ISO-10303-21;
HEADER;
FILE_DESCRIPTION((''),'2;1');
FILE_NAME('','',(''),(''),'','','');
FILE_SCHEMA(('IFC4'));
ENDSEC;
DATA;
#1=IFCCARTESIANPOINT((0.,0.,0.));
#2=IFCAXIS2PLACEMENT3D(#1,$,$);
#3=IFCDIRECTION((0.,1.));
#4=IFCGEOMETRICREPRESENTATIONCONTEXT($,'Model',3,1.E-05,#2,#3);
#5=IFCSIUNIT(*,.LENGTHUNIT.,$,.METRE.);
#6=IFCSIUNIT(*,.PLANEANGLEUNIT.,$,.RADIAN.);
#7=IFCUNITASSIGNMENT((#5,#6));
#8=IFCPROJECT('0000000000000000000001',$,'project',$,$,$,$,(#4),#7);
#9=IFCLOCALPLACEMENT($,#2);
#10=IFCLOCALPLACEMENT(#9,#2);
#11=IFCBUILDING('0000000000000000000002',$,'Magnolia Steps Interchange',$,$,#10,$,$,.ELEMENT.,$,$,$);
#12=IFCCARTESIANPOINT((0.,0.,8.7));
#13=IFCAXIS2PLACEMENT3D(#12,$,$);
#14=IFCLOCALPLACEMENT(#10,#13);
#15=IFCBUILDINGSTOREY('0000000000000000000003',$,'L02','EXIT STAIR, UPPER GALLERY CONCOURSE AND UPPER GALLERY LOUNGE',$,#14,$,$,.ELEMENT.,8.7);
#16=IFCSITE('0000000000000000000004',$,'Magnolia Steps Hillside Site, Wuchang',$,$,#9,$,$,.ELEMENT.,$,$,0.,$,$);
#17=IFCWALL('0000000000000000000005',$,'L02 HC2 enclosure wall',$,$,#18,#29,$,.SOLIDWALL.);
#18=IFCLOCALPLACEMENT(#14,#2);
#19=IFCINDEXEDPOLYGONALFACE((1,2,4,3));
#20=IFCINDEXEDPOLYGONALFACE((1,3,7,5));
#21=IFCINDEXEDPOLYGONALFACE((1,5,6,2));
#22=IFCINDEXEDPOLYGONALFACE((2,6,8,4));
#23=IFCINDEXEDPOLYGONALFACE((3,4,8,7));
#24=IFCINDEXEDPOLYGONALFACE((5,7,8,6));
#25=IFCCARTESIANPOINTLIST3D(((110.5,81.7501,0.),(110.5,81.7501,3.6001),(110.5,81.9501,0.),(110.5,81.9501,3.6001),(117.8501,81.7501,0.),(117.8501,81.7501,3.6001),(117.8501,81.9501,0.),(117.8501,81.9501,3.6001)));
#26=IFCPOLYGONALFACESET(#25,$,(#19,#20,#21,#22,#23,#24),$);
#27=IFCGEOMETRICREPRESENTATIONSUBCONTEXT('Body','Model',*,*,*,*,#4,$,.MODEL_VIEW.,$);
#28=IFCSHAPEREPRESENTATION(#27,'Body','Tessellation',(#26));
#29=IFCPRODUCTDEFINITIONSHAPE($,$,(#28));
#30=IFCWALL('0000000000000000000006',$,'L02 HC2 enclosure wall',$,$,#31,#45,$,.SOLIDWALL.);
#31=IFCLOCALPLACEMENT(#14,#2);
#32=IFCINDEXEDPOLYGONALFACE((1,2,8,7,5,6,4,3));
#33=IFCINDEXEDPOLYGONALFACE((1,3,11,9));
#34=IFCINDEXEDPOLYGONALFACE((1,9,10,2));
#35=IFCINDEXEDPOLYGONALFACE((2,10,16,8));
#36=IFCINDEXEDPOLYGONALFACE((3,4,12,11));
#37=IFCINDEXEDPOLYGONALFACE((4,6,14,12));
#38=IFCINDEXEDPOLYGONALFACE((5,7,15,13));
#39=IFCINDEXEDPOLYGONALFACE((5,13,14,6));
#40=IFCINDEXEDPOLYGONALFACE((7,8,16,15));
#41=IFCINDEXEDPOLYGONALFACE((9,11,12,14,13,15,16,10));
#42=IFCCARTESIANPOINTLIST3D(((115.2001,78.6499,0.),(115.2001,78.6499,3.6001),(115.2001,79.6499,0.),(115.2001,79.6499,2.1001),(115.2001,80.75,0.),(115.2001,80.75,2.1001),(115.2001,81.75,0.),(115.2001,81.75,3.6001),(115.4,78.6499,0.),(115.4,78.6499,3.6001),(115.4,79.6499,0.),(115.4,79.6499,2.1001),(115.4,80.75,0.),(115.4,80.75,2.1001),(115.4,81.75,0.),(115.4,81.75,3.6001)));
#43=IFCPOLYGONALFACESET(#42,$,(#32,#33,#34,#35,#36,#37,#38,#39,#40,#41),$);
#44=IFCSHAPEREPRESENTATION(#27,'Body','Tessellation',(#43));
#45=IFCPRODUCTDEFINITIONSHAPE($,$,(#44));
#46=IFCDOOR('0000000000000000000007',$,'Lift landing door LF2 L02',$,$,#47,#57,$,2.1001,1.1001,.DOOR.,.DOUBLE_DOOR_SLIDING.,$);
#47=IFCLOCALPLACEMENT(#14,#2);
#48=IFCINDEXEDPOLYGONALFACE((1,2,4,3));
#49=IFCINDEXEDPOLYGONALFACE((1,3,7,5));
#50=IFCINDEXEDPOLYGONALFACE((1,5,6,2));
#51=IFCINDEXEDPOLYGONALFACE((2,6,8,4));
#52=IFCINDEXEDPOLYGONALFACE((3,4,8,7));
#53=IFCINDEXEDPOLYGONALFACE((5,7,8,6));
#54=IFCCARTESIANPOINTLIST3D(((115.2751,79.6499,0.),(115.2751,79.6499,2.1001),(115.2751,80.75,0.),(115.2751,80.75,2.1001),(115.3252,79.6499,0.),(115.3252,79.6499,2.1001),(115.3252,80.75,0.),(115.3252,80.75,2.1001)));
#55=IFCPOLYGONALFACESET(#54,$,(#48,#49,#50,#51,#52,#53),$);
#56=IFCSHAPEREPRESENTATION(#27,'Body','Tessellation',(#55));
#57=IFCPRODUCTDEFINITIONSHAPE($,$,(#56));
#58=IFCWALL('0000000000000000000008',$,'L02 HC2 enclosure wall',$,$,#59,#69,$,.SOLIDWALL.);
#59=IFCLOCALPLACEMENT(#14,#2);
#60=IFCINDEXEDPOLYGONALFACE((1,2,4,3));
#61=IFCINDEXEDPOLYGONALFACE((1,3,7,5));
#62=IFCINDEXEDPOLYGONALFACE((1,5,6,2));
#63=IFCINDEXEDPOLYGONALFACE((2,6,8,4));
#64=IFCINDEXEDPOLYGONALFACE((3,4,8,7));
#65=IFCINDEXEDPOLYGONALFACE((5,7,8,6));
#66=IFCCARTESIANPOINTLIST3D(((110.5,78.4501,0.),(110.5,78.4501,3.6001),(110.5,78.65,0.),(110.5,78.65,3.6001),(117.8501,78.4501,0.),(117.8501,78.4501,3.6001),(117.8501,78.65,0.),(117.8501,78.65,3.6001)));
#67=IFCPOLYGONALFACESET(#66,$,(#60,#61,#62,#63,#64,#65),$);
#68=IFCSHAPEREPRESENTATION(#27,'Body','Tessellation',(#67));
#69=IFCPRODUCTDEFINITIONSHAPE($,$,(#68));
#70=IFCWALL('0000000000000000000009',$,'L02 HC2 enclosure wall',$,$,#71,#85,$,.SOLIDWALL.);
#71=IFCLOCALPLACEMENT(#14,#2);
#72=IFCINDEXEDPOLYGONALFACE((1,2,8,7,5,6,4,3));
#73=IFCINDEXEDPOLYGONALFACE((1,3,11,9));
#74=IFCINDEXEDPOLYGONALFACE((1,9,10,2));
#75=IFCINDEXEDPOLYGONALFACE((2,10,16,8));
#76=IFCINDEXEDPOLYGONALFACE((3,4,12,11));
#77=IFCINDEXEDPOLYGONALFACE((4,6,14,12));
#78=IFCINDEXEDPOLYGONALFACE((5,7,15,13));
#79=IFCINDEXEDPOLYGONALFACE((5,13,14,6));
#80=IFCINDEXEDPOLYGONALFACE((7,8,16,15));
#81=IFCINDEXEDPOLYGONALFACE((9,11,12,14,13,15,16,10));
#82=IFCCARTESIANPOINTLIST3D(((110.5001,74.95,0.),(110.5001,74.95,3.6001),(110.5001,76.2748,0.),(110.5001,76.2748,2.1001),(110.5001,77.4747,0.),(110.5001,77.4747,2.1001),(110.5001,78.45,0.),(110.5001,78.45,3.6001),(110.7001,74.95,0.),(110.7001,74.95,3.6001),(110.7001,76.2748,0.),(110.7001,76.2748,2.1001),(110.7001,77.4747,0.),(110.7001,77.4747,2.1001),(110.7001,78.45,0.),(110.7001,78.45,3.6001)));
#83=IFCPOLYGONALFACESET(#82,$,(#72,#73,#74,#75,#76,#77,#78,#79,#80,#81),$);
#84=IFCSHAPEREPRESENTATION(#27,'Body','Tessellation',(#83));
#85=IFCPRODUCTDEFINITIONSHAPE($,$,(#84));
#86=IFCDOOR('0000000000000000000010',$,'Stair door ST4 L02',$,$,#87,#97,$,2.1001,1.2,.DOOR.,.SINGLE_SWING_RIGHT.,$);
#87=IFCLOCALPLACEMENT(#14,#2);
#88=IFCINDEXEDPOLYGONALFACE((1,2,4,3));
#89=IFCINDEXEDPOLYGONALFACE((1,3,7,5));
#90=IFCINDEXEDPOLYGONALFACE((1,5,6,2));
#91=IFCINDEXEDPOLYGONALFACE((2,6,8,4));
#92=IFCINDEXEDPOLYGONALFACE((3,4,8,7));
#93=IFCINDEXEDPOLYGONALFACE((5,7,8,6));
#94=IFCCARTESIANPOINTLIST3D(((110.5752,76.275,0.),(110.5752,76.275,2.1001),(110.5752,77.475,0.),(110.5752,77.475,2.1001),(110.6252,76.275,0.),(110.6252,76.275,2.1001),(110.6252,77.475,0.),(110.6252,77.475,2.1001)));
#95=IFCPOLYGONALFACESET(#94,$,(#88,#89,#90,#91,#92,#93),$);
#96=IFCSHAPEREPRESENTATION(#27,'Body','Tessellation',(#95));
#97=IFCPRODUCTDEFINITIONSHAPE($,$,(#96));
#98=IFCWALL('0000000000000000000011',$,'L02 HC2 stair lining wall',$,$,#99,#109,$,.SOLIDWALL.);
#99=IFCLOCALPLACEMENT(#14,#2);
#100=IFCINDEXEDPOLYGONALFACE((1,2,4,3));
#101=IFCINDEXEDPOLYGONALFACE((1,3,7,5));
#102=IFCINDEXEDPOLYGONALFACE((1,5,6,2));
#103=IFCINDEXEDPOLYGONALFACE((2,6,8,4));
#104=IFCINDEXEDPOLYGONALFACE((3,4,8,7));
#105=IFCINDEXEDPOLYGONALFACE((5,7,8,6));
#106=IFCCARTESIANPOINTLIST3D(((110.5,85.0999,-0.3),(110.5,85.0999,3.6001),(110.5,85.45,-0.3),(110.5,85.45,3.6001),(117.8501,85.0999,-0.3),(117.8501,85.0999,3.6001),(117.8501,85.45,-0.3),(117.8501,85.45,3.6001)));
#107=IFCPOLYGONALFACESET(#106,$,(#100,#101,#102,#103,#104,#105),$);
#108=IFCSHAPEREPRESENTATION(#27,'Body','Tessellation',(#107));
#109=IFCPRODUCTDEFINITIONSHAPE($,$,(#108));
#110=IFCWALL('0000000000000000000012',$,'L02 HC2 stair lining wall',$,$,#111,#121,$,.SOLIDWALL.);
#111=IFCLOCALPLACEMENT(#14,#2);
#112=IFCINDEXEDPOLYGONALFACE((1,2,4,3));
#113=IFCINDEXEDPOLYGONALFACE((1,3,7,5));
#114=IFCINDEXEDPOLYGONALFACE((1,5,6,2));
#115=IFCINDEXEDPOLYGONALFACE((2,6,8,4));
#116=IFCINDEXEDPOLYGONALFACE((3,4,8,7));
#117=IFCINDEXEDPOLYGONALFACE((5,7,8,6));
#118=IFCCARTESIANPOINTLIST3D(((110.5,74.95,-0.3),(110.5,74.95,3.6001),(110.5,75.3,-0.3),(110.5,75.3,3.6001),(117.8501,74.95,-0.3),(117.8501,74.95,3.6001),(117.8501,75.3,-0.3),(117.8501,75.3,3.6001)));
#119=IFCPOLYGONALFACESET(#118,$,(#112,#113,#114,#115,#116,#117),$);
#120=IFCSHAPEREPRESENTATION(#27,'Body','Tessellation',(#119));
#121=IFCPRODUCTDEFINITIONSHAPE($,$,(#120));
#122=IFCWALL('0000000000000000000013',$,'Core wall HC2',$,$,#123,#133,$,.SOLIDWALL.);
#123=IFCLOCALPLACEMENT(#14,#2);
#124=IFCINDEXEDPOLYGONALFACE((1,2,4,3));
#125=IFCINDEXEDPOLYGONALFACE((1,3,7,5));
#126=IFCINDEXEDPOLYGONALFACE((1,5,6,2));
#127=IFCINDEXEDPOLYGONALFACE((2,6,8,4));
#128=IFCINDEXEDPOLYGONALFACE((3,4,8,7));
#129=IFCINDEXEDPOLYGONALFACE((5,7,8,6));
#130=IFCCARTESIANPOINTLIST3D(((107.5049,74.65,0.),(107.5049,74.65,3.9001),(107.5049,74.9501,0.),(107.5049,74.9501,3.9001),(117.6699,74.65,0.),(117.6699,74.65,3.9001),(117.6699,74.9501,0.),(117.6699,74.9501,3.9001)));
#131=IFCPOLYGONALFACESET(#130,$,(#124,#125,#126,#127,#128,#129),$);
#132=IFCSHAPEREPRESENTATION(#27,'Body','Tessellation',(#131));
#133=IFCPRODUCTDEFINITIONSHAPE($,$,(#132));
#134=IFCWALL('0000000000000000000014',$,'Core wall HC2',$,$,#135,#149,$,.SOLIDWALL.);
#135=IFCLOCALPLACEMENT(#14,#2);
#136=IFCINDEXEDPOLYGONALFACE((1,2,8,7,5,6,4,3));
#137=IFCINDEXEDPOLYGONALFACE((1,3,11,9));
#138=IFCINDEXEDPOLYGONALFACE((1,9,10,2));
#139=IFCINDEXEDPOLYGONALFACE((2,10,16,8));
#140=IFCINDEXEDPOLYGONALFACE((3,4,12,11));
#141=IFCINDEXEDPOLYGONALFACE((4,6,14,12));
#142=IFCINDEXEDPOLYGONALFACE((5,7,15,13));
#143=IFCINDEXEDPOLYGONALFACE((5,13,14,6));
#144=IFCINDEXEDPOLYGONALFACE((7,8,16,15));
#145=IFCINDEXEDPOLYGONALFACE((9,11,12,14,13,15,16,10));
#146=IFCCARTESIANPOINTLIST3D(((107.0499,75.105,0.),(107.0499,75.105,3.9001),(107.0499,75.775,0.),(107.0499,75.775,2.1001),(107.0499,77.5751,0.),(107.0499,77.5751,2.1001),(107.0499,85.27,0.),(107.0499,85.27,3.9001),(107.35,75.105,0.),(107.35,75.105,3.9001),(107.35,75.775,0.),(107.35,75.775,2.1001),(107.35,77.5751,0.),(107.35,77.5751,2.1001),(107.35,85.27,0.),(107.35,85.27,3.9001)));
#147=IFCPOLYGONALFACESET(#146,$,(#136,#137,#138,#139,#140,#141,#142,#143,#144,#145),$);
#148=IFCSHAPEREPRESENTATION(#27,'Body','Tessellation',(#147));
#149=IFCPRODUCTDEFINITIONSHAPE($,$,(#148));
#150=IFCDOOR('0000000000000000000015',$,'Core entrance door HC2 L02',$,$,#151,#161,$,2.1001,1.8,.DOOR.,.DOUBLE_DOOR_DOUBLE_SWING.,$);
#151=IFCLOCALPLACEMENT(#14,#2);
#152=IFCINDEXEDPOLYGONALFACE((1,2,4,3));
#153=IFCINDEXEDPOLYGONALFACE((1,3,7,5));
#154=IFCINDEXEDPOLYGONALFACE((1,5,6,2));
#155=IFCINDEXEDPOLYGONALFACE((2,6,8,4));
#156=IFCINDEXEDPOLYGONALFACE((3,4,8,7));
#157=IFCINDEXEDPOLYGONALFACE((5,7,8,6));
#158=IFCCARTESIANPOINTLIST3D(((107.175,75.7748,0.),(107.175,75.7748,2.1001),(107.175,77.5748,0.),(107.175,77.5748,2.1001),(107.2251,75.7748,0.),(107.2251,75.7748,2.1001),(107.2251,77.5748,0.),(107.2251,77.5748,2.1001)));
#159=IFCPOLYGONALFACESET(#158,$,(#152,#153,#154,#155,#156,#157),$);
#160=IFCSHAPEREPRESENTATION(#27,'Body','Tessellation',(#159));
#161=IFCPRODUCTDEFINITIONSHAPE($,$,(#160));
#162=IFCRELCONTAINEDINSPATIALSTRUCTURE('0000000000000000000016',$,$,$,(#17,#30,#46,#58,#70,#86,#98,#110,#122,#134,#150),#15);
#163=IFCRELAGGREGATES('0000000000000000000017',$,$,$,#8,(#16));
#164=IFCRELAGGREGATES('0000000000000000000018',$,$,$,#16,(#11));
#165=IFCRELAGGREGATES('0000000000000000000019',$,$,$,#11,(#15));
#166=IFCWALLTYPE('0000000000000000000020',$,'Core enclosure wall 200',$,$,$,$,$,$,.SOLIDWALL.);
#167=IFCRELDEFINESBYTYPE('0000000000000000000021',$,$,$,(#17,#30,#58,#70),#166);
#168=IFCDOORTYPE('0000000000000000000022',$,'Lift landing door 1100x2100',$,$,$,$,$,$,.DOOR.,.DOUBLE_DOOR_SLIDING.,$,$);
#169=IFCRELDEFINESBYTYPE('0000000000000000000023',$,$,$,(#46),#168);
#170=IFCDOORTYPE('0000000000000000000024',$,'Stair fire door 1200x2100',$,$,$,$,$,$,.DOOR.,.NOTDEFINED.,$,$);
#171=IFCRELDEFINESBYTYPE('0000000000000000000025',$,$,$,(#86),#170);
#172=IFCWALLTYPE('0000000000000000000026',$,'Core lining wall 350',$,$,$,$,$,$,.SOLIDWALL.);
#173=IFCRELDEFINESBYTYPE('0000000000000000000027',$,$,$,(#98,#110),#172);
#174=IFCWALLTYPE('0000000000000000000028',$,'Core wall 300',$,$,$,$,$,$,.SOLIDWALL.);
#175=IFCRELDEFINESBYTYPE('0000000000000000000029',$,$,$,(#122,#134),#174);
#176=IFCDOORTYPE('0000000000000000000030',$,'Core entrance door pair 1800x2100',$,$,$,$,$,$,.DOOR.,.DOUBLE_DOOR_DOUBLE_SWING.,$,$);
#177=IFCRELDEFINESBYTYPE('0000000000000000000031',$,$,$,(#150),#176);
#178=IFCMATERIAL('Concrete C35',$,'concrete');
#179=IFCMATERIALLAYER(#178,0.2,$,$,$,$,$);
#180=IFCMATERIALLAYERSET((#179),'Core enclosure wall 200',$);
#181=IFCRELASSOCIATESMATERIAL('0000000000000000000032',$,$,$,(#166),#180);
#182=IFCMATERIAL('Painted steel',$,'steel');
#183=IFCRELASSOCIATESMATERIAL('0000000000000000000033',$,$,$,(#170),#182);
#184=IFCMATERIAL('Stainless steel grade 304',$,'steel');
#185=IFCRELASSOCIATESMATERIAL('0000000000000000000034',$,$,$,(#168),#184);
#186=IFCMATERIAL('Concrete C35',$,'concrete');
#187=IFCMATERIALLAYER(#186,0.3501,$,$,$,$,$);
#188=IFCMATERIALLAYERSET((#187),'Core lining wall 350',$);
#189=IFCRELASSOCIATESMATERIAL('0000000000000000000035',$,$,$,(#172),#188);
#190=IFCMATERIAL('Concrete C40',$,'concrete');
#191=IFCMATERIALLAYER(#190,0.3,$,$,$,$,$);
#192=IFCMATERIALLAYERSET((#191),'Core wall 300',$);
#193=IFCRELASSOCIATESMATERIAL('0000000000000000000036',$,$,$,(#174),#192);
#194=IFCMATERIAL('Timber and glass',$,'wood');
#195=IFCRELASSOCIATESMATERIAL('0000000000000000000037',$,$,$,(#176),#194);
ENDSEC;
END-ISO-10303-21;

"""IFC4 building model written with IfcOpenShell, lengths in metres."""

from ifc_helpers import new_model, si_unit, direction, frame, frame_2d, origin, place, context, subcontext, project, spatial, rectangle, extrude, material, layer, layer_set, type_object, element, fill, save


model = new_model("IFC4")

# Units and contexts
model_context = context("Model", 3, precision=1e-05, world=origin(), true_north=direction((0.0, 1.0)))
body_context = subcontext(model_context, "Body", "Model", "MODEL_VIEW")
ifc_project = project(units=[si_unit("LENGTHUNIT", "METRE"), si_unit("PLANEANGLEUNIT", "RADIAN")], contexts=[model_context])

# Site, building, storey
site_placement = place(None, origin())
site = spatial("IfcSite", under=ifc_project, at=site_placement, Name="Magnolia Steps Hillside Site, Wuchang", CompositionType="ELEMENT", RefElevation=0.0)
building_placement = place(site_placement, origin())
building = spatial("IfcBuilding", under=site, at=building_placement, Name="Magnolia Steps Interchange", CompositionType="ELEMENT")
storey_placement = place(building_placement, frame((0.0, 0.0, 8.7)))
storey = spatial("IfcBuildingStorey", under=building, at=storey_placement, Name="L02", Description="EXIT STAIR, UPPER GALLERY CONCOURSE AND UPPER GALLERY LOUNGE", CompositionType="ELEMENT", Elevation=8.7)

# Shared definitions
ifc_material_1 = material(Name="Concrete C35", Category="concrete")
ifc_layer_1 = layer(ifc_material_1, 0.2)
ifc_layer_set_1 = layer_set([ifc_layer_1], Name="Core enclosure wall 200")
wall_type_1 = type_object("IfcWallType", Name="Core enclosure wall 200", PredefinedType="SOLIDWALL", material=ifc_layer_set_1)
ifc_material_2 = material(Name="Painted steel", Category="steel")
door_type_1 = type_object("IfcDoorType", Name="Stair fire door 1200x2100", OperationType="NOTDEFINED", PredefinedType="DOOR", material=ifc_material_2)

# Wall
wall_1_placement = place(storey_placement, frame((110.5, 81.8501, 0.0), z_axis=(0.0, 0.0, 1.0), x_axis=(1.0, 0.0, 0.0)))
element("IfcWall", 1, at=wall_1_placement, inside=storey, type_object=wall_type_1, Name="L02 HC2 enclosure wall", PredefinedType="SOLIDWALL", context=body_context, shape_type="SweptSolid", body=[
    extrude(rectangle(XDim=7.3501, YDim=0.2, at=frame_2d((3.675, 0.0))), origin(), (0.0, 0.0, 1.0), 3.6001),
])

# Wall, opening, door
wall_2_placement = place(storey_placement, frame((115.3, 81.75, 0.0), z_axis=(0.0, 0.0, 1.0), x_axis=(0.0, -1.0, 0.0)))
wall_2 = element("IfcWall", 2, at=wall_2_placement, inside=storey, type_object=wall_type_1, Name="L02 HC2 enclosure wall", PredefinedType="SOLIDWALL", context=body_context, shape_type="SweptSolid", body=[
    extrude(rectangle(XDim=3.1001, YDim=0.2, at=frame_2d((1.55, 0.0))), origin(), (0.0, 0.0, 1.0), 3.6001),
])
opening_1_placement = place(wall_2_placement, frame((1.0, 0.0, 0.0)))
opening_1 = element("IfcOpeningElement", 3, at=opening_1_placement, cuts=wall_2, PredefinedType="OPENING", context=body_context, shape_type="SweptSolid", body=[
    extrude(rectangle(XDim=1.1001, YDim=2.1001, at=frame_2d((0.55, 1.05))), frame((0.0, 0.1099, 0.0), z_axis=(0.0, -1.0, 0.0), x_axis=(1.0, 0.0, 0.0)), (0.0, 0.0, 1.0), 0.22),
])
ifc_material_3 = material(Name="Stainless steel grade 304", Category="steel")
door_type_2 = type_object("IfcDoorType", Name="Lift landing door 1100x2100", OperationType="DOUBLE_DOOR_SLIDING", PredefinedType="DOOR", material=ifc_material_3)
door_1_placement = place(opening_1_placement, frame((1.1001, 0.0, 0.0), z_axis=(0.0, 0.0, 1.0), x_axis=(-1.0, 0.0, 0.0)))
door_1 = element("IfcDoor", 4, at=door_1_placement, inside=storey, type_object=door_type_2, Name="Lift landing door LF2 L02", OperationType="DOUBLE_DOOR_SLIDING", OverallHeight=2.1001, OverallWidth=1.1001, PredefinedType="DOOR", context=body_context, shape_type="SweptSolid", body=[
    extrude(rectangle(XDim=1.1001, YDim=2.1001, at=frame_2d((0.55, 1.05))), frame((0.0, 0.0249, 0.0), z_axis=(0.0, -1.0, 0.0), x_axis=(1.0, 0.0, 0.0)), (0.0, 0.0, 1.0), 0.05),
])
fill(opening_1, door_1)

# Wall
wall_3_placement = place(storey_placement, frame((110.5, 78.55, 0.0), z_axis=(0.0, 0.0, 1.0), x_axis=(1.0, 0.0, 0.0)))
element("IfcWall", 5, at=wall_3_placement, inside=storey, type_object=wall_type_1, Name="L02 HC2 enclosure wall", PredefinedType="SOLIDWALL", context=body_context, shape_type="SweptSolid", body=[
    extrude(rectangle(XDim=7.3501, YDim=0.2, at=frame_2d((3.675, 0.0))), origin(), (0.0, 0.0, 1.0), 3.6001),
])

# Wall, opening, door
wall_4_placement = place(storey_placement, frame((110.6001, 78.45, 0.0), z_axis=(0.0, 0.0, 1.0), x_axis=(0.0, -1.0, 0.0)))
wall_4 = element("IfcWall", 6, at=wall_4_placement, inside=storey, type_object=wall_type_1, Name="L02 HC2 enclosure wall", PredefinedType="SOLIDWALL", context=body_context, shape_type="SweptSolid", body=[
    extrude(rectangle(XDim=3.5, YDim=0.2, at=frame_2d((1.75, 0.0))), origin(), (0.0, 0.0, 1.0), 3.6001),
])
opening_2_placement = place(wall_4_placement, frame((0.9751, 0.0, 0.0)))
opening_2 = element("IfcOpeningElement", 7, at=opening_2_placement, cuts=wall_4, PredefinedType="OPENING", context=body_context, shape_type="SweptSolid", body=[
    extrude(rectangle(XDim=1.2, YDim=2.1001, at=frame_2d((0.6001, 1.05))), frame((0.0, 0.1099, 0.0), z_axis=(0.0, -1.0, 0.0), x_axis=(1.0, 0.0, 0.0)), (0.0, 0.0, 1.0), 0.22),
])
door_2_placement = place(opening_2_placement, frame((1.2, 0.0, 0.0), z_axis=(0.0, 0.0, 1.0), x_axis=(-1.0, 0.0, 0.0)))
door_2 = element("IfcDoor", 8, at=door_2_placement, inside=storey, type_object=door_type_1, Name="Stair door ST4 L02", OperationType="SINGLE_SWING_RIGHT", OverallHeight=2.1001, OverallWidth=1.2, PredefinedType="DOOR", context=body_context, shape_type="SweptSolid", body=[
    extrude(rectangle(XDim=1.2, YDim=2.1001, at=frame_2d((0.6001, 1.05))), frame((0.0, 0.0249, 0.0), z_axis=(0.0, -1.0, 0.0), x_axis=(1.0, 0.0, 0.0)), (0.0, 0.0, 1.0), 0.05),
])
fill(opening_2, door_2)

# Walls
ifc_material_4 = material(Name="Concrete C35", Category="concrete")
ifc_layer_2 = layer(ifc_material_4, 0.3501)
ifc_layer_set_2 = layer_set([ifc_layer_2], Name="Core lining wall 350")
wall_type_2 = type_object("IfcWallType", Name="Core lining wall 350", PredefinedType="SOLIDWALL", material=ifc_layer_set_2)
for number, where, z_axis, x_axis, name in (
    (9, (110.5, 85.2749, -0.3), (0.0, 0.0, 1.0), (1.0, 0.0, 0.0), "L02 HC2 stair lining wall"),
    (10, (110.5, 75.125, -0.3), (0.0, 0.0, 1.0), (1.0, 0.0, 0.0), "L02 HC2 stair lining wall"),
):
    element("IfcWall", number, at=place(storey_placement, frame(where, z_axis=z_axis, x_axis=x_axis)), inside=storey, type_object=wall_type_2, Name=name, PredefinedType="SOLIDWALL", context=body_context, shape_type="SweptSolid", body=[
        extrude(rectangle(XDim=7.3501, YDim=0.3501, at=frame_2d((3.675, 0.0))), origin(), (0.0, 0.0, 1.0), 3.9001),
    ])
ifc_material_5 = material(Name="Concrete C40", Category="concrete")
ifc_layer_3 = layer(ifc_material_5, 0.3)
ifc_layer_set_3 = layer_set([ifc_layer_3], Name="Core wall 300")
wall_type_3 = type_object("IfcWallType", Name="Core wall 300", PredefinedType="SOLIDWALL", material=ifc_layer_set_3)
wall_5_placement = place(storey_placement, frame((107.5049, 74.8, 0.0), z_axis=(0.0, 0.0, 1.0), x_axis=(1.0, 0.0, 0.0)))
element("IfcWall", 11, at=wall_5_placement, inside=storey, type_object=wall_type_3, Name="Core wall HC2", PredefinedType="SOLIDWALL", context=body_context, shape_type="SweptSolid", body=[
    extrude(rectangle(XDim=10.165, YDim=0.3, at=frame_2d((5.0825, 0.0))), origin(), (0.0, 0.0, 1.0), 3.9001),
])

# Wall, opening, door
wall_6_placement = place(storey_placement, frame((107.2, 85.27, 0.0), z_axis=(0.0, 0.0, 1.0), x_axis=(0.0, -1.0, 0.0)))
wall_6 = element("IfcWall", 12, at=wall_6_placement, inside=storey, type_object=wall_type_3, Name="Core wall HC2", PredefinedType="SOLIDWALL", context=body_context, shape_type="SweptSolid", body=[
    extrude(rectangle(XDim=10.165, YDim=0.3, at=frame_2d((5.0825, 0.0))), origin(), (0.0, 0.0, 1.0), 3.9001),
])
opening_3_placement = place(wall_6_placement, frame((7.6951, 0.0, 0.0)))
opening_3 = element("IfcOpeningElement", 13, at=opening_3_placement, cuts=wall_6, PredefinedType="OPENING", context=body_context, shape_type="SweptSolid", body=[
    extrude(rectangle(XDim=1.8, YDim=2.1001, at=frame_2d((0.8999, 1.05))), frame((0.0, 0.1599, 0.0), z_axis=(0.0, -1.0, 0.0), x_axis=(1.0, 0.0, 0.0)), (0.0, 0.0, 1.0), 0.3201),
])
ifc_material_6 = material(Name="Timber and glass", Category="wood")
door_type_3 = type_object("IfcDoorType", Name="Core entrance door pair 1800x2100", OperationType="DOUBLE_DOOR_DOUBLE_SWING", PredefinedType="DOOR", material=ifc_material_6)
door_3_placement = place(opening_3_placement, frame((1.8, 0.0, 0.0), z_axis=(0.0, 0.0, 1.0), x_axis=(-1.0, 0.0, 0.0)))
door_3 = element("IfcDoor", 14, at=door_3_placement, inside=storey, type_object=door_type_3, Name="Core entrance door HC2 L02", OperationType="DOUBLE_DOOR_DOUBLE_SWING", OverallHeight=2.1001, OverallWidth=1.8, PredefinedType="DOOR", context=body_context, shape_type="SweptSolid", body=[
    extrude(rectangle(XDim=1.8, YDim=2.1001, at=frame_2d((0.8999, 1.05))), frame((0.0, 0.0249, 0.0), z_axis=(0.0, -1.0, 0.0), x_axis=(1.0, 0.0, 0.0)), (0.0, 0.0, 1.0), 0.05),
])
fill(opening_3, door_3)

save(model, "model.ifc")
